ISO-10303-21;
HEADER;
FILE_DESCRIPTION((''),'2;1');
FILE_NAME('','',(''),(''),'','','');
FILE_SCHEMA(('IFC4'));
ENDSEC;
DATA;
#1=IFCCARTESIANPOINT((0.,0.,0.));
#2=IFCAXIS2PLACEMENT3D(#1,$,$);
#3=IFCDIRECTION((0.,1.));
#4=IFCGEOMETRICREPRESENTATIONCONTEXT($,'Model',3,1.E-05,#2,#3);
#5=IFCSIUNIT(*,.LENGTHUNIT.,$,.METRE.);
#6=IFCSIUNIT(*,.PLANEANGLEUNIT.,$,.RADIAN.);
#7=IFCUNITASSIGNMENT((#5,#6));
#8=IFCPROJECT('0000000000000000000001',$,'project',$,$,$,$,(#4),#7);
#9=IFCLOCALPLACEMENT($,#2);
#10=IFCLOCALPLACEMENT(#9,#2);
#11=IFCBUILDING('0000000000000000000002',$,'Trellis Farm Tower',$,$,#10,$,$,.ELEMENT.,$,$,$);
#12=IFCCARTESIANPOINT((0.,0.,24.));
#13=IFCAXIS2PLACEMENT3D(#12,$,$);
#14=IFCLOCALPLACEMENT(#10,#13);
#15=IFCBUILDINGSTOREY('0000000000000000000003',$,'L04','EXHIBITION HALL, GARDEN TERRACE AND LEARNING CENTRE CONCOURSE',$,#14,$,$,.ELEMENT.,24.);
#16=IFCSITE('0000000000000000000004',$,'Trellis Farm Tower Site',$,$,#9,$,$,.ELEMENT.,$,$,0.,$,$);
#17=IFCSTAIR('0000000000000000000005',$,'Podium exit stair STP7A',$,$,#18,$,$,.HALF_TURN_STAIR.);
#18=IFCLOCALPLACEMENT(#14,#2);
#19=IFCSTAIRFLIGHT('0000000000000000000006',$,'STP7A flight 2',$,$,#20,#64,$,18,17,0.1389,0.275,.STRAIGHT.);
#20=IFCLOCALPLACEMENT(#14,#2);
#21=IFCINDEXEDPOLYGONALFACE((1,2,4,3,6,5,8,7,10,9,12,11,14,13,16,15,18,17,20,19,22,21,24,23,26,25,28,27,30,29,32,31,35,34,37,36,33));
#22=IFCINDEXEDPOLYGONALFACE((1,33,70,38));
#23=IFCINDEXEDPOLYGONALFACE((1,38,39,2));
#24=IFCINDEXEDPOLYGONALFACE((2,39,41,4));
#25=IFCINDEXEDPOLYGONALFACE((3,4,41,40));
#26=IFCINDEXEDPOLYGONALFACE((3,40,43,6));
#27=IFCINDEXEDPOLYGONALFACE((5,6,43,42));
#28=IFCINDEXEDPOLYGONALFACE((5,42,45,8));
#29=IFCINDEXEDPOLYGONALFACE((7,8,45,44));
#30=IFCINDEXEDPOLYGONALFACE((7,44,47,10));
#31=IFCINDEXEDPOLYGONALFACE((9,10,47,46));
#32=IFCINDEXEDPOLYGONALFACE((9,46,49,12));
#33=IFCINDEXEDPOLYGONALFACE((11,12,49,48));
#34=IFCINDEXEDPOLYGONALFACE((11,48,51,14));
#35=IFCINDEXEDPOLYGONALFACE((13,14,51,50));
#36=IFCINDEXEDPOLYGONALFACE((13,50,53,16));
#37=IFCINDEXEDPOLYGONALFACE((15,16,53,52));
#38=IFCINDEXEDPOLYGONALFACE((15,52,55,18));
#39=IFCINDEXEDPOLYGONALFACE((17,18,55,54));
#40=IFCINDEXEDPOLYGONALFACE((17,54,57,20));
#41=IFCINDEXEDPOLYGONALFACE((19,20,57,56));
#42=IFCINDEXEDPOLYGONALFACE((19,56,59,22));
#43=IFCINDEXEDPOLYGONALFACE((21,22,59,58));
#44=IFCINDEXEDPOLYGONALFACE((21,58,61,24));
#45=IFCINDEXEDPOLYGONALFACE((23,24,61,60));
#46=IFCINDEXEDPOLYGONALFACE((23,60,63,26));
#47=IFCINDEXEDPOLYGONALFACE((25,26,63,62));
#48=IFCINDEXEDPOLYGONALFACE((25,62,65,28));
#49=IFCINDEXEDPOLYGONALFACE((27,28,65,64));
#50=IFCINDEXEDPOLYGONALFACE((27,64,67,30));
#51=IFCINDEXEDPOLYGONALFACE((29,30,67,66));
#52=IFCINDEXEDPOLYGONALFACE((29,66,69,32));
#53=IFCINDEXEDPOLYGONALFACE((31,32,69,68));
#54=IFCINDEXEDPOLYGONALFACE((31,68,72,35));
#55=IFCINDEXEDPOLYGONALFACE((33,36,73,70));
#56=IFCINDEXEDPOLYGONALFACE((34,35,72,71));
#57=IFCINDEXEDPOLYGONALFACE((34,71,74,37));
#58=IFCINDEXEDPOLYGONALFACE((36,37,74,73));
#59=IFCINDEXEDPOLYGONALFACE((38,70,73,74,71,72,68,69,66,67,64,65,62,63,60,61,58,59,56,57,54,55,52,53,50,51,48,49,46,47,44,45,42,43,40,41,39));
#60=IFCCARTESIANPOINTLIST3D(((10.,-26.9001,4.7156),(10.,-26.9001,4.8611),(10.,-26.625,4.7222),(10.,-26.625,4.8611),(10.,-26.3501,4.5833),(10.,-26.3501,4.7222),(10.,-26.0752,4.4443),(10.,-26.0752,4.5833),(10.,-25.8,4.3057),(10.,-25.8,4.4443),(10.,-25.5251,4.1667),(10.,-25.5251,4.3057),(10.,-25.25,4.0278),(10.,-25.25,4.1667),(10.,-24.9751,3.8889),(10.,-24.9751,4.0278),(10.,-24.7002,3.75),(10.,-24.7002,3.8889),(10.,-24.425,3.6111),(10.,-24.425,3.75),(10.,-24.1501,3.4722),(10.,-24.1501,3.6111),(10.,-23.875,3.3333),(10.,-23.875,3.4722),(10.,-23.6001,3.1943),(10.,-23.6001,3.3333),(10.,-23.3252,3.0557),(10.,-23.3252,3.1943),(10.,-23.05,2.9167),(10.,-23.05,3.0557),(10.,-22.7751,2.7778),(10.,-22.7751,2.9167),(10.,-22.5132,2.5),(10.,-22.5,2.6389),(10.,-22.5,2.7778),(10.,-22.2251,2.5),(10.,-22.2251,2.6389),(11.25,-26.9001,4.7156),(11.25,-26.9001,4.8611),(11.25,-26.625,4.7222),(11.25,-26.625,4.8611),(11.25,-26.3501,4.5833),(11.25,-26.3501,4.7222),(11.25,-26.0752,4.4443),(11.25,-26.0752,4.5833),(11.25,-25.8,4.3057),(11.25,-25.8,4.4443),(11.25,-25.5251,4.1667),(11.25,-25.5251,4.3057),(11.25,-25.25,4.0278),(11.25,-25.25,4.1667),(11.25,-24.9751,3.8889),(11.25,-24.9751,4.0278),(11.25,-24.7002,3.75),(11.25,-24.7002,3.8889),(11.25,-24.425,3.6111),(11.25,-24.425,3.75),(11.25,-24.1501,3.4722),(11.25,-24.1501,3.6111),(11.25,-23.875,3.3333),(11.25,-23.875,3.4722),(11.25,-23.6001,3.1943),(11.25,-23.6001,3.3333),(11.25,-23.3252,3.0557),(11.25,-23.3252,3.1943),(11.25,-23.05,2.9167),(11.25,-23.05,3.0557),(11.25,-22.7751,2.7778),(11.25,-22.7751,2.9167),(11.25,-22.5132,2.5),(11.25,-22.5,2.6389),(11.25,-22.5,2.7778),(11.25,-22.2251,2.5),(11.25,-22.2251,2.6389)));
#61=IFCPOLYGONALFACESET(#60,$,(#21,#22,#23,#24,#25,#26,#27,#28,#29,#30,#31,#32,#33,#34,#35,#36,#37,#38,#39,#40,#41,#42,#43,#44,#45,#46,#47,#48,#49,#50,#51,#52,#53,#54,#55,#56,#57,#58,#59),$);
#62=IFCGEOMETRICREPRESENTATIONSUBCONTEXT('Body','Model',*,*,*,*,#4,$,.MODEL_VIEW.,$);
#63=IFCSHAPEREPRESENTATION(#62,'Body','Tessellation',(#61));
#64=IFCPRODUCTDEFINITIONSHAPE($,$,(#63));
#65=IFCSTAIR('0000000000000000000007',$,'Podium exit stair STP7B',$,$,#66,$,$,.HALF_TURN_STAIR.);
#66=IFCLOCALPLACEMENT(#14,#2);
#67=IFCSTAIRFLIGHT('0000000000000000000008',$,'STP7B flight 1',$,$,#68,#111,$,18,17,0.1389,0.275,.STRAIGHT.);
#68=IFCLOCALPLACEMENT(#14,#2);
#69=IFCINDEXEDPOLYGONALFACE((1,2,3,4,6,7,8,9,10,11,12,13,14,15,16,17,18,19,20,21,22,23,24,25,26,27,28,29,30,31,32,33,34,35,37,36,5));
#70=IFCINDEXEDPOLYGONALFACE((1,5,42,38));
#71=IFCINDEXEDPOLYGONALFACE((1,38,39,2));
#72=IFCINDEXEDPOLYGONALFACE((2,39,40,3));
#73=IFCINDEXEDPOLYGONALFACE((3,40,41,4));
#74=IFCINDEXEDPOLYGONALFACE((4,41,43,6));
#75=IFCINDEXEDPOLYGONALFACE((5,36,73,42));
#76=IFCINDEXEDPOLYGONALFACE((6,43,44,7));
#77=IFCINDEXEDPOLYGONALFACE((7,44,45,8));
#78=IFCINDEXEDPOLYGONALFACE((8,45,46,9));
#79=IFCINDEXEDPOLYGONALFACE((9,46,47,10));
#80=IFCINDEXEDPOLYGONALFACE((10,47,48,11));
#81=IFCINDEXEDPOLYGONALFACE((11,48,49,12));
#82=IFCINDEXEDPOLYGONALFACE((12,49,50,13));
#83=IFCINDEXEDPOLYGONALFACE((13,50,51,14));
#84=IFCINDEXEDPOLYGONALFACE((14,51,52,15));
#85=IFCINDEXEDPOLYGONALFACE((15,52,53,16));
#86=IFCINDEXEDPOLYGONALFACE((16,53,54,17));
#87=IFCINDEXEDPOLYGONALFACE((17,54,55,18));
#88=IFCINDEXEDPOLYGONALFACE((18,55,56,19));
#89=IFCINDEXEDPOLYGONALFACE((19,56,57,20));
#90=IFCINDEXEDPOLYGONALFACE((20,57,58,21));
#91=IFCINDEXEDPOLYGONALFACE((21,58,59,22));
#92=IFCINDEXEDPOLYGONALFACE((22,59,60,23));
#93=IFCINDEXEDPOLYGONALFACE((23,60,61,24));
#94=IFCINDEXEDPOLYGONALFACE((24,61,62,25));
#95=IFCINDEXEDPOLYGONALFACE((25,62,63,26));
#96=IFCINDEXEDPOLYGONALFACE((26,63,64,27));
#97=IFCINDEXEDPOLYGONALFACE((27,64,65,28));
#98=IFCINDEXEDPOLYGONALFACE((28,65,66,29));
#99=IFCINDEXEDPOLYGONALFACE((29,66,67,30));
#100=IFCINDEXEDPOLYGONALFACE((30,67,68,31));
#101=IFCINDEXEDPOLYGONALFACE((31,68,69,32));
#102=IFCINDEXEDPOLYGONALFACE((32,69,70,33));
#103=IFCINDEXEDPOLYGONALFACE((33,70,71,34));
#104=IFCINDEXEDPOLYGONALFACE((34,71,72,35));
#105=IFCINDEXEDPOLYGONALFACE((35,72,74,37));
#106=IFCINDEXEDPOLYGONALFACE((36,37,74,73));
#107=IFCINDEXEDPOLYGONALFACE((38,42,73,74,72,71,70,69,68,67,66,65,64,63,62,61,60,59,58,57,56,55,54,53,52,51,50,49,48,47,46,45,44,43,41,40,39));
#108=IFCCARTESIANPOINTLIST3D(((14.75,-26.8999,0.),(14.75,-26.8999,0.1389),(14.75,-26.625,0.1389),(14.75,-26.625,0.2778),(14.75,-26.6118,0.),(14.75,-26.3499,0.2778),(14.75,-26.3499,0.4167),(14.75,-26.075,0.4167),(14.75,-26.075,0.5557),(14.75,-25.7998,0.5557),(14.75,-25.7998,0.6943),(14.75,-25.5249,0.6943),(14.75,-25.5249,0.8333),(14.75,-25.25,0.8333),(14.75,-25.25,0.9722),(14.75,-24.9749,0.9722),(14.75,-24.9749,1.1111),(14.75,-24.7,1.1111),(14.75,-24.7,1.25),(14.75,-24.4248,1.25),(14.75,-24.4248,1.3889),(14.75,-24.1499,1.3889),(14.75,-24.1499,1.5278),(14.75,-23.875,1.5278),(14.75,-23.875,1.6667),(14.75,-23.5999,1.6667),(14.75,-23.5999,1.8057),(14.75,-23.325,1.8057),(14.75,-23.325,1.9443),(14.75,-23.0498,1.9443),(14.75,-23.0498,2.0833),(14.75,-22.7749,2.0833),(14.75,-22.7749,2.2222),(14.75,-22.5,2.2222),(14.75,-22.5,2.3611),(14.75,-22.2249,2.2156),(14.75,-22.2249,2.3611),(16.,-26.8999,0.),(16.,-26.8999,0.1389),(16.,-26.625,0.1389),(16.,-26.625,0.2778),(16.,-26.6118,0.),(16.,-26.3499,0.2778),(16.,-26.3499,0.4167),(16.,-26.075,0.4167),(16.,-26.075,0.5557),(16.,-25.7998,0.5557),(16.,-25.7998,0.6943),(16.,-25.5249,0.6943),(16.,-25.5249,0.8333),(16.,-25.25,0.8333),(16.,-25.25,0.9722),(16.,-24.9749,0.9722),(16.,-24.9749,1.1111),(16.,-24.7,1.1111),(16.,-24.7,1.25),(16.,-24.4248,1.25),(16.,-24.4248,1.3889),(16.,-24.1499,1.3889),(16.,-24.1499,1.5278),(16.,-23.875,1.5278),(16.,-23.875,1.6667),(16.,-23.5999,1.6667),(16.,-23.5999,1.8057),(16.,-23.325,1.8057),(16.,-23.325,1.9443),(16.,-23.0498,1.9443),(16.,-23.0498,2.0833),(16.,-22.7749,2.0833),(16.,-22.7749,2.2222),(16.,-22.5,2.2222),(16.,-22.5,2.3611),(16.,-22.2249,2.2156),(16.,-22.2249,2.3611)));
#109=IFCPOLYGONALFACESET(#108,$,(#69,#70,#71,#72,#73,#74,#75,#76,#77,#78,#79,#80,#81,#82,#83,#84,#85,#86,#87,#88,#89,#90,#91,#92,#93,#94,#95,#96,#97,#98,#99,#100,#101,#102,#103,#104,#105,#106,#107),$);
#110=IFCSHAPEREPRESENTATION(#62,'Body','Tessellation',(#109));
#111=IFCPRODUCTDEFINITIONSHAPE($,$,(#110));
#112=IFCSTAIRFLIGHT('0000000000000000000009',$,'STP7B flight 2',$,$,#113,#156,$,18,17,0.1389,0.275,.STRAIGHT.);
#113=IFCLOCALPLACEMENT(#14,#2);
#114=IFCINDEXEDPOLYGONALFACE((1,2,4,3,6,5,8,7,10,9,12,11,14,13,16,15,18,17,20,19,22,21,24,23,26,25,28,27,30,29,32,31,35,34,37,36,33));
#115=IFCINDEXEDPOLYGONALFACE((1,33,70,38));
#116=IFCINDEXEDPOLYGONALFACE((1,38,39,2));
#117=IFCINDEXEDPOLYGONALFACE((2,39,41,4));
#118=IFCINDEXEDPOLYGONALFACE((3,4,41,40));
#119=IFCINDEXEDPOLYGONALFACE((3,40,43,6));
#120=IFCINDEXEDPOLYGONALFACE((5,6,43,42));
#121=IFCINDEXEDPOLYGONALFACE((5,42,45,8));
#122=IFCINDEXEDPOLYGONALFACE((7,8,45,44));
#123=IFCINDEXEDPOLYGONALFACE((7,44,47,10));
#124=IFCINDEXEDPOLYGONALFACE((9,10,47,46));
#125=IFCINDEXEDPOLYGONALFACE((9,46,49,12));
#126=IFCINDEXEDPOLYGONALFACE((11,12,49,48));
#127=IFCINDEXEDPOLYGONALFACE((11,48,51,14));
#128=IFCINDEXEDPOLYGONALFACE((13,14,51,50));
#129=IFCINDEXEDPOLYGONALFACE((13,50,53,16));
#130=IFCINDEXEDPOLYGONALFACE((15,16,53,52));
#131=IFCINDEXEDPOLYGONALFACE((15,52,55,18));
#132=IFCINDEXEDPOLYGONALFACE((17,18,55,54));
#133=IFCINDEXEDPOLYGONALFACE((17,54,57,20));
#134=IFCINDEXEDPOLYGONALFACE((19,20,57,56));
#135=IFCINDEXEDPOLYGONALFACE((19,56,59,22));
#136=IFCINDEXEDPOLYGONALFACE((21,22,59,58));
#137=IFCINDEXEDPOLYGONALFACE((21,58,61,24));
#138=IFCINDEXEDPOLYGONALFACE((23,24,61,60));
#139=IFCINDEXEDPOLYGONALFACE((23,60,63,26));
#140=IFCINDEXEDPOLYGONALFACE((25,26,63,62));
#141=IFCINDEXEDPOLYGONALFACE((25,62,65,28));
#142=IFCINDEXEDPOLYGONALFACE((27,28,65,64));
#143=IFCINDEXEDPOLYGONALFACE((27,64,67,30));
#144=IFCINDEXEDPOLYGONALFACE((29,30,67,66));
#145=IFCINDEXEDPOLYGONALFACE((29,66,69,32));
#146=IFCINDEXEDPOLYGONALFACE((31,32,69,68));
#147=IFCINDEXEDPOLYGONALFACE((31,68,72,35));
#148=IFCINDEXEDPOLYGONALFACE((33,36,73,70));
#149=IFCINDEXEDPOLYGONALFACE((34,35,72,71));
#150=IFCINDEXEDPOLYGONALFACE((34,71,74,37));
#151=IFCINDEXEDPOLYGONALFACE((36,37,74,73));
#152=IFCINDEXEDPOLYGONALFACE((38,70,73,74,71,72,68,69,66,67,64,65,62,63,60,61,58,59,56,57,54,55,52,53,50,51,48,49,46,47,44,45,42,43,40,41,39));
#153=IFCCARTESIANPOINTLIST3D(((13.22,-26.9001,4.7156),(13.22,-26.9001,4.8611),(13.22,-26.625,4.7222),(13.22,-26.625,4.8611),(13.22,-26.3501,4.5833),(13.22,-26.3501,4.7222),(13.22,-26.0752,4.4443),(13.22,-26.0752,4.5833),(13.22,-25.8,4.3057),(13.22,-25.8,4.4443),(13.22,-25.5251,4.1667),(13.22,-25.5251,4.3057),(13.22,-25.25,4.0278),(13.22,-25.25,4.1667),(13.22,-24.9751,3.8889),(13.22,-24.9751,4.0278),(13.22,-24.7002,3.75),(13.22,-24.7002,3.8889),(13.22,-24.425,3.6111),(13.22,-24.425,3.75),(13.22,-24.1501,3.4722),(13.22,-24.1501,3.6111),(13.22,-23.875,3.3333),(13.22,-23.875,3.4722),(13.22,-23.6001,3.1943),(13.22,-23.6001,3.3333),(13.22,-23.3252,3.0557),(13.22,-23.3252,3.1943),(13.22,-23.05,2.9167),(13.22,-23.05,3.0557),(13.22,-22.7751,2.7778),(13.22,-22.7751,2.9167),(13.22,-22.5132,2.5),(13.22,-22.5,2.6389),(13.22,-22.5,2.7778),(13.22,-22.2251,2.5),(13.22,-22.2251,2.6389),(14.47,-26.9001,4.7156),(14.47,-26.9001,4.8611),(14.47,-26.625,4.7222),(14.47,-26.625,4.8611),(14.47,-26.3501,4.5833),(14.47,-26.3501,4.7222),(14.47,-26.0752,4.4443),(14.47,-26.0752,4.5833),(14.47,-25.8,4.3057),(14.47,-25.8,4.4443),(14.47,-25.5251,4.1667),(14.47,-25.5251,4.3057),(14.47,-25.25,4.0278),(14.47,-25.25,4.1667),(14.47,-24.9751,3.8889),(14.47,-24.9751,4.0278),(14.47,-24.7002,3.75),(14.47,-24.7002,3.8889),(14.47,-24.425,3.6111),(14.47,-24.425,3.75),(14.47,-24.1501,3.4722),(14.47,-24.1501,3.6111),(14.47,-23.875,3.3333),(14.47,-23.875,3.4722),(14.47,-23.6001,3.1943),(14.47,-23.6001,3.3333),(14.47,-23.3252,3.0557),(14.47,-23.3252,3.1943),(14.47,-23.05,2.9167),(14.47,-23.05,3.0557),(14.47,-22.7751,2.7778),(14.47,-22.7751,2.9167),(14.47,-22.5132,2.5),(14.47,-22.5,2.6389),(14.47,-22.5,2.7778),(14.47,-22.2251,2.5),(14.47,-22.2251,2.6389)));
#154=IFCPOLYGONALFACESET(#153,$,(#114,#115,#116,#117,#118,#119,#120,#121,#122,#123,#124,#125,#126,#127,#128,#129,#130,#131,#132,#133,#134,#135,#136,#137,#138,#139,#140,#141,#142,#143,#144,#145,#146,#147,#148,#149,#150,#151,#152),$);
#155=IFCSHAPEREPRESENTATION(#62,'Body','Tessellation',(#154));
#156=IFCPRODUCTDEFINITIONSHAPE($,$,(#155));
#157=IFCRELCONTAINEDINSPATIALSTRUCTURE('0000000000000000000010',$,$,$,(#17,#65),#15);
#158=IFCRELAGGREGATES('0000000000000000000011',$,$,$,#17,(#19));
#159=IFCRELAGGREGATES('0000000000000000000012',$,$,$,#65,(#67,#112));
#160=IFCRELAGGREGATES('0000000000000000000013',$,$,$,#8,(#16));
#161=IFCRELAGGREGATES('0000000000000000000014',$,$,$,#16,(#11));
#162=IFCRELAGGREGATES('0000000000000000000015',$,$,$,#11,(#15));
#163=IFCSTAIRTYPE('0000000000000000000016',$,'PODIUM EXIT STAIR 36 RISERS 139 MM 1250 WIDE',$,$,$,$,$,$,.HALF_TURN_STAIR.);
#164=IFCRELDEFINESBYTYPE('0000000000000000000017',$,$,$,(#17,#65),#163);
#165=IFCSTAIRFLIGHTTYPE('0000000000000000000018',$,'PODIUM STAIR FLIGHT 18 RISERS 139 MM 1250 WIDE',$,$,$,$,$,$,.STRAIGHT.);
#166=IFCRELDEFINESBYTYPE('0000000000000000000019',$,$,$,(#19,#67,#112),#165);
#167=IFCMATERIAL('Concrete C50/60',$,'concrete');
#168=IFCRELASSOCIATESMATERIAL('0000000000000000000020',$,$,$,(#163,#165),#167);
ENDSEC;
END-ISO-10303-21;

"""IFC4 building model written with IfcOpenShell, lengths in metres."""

from ifc_helpers import new_model, si_unit, direction, frame, origin, place, context, subcontext, project, spatial, polyline, outline, extrude, source, transform, mapped, material, type_object, element, aggregate, save


model = new_model("IFC4")

# Units and contexts
model_context = context("Model", 3, precision=1e-05, world=origin(), true_north=direction((0.0, 1.0)))
body_context = subcontext(model_context, "Body", "Model", "MODEL_VIEW")
ifc_project = project(units=[si_unit("LENGTHUNIT", "METRE"), si_unit("PLANEANGLEUNIT", "RADIAN")], contexts=[model_context])

# Site, building, storey
site_placement = place(None, origin())
site = spatial("IfcSite", under=ifc_project, at=site_placement, Name="Trellis Farm Tower Site", CompositionType="ELEMENT", RefElevation=0.0)
building_placement = place(site_placement, origin())
building = spatial("IfcBuilding", under=site, at=building_placement, Name="Trellis Farm Tower", CompositionType="ELEMENT")
storey_placement = place(building_placement, frame((0.0, 0.0, 24.0)))
storey = spatial("IfcBuildingStorey", under=building, at=storey_placement, Name="L04", Description="EXHIBITION HALL, GARDEN TERRACE AND LEARNING CENTRE CONCOURSE", CompositionType="ELEMENT", Elevation=24.0)

# Stair, stair flight
ifc_material_1 = material(Name="Concrete C50/60", Category="concrete")
stair_type = type_object("IfcStairType", Name="PODIUM EXIT STAIR 36 RISERS 139 MM 1250 WIDE", PredefinedType="HALF_TURN_STAIR", material=ifc_material_1)
placement = place(storey_placement, origin())
stair_1 = element("IfcStair", 1, at=placement, inside=storey, type_object=stair_type, Name="Podium exit stair STP7A", PredefinedType="HALF_TURN_STAIR")
stair_flight_type = type_object("IfcStairFlightType", Name="PODIUM STAIR FLIGHT 18 RISERS 139 MM 1250 WIDE", PredefinedType="STRAIGHT", material=ifc_material_1)
shared_shape_1 = source(origin(), body_context, "Body", "SweptSolid", [
    extrude(outline(polyline([(0.0, 0.0), (0.0, 0.1389), (0.2749, 0.1389), (0.2749, 0.2778), (0.55, 0.2778), (0.55, 0.4167), (0.825, 0.4167), (0.825, 0.5557), (1.1001, 0.5557), (1.1001, 0.6943), (1.375, 0.6943), (1.375, 0.8333), (1.6499, 0.8333), (1.6499, 0.9722), (1.925, 0.9722), (1.925, 1.1111), (2.2, 1.1111), (2.2, 1.25), (2.4751, 1.25), (2.4751, 1.3889), (2.75, 1.3889), (2.75, 1.5278), (3.0249, 1.5278), (3.0249, 1.6667), (3.3, 1.6667), (3.3, 1.8057), (3.575, 1.8057), (3.575, 1.9443), (3.8501, 1.9443), (3.8501, 2.0833), (4.125, 2.0833), (4.125, 2.2222), (4.3999, 2.2222), (4.3999, 2.3611), (4.675, 2.3611), (4.675, 2.5), (4.675, 2.2156), (0.2881, 0.0), (0.0, 0.0)])), frame((0.0, 0.625, 0.0), z_axis=(0.0, -1.0, 0.0), x_axis=(1.0, 0.0, 0.0)), (0.0, 0.0, 1.0), 1.25),
])
stair_flight_1_placement = place(storey_placement, frame((10.625, -22.2251, 2.5), z_axis=(0.0, 0.0, 1.0), x_axis=(0.0, -1.0, 0.0)))
stair_flight_1 = element("IfcStairFlight", 2, at=stair_flight_1_placement, type_object=stair_flight_type, Name="STP7A flight 2", NumberOfRisers=18, NumberOfTreads=17, PredefinedType="STRAIGHT", RiserHeight=0.1389, TreadLength=0.275, context=body_context, shape_type="MappedRepresentation", body=[
    mapped(shared_shape_1, transform((0.0, 0.0, 0.0))),
])
aggregate(stair_1, [stair_flight_1])

# Stair, stair flights
stair_2 = element("IfcStair", 3, at=placement, inside=storey, type_object=stair_type, Name="Podium exit stair STP7B", PredefinedType="HALF_TURN_STAIR")
stair_flight_2_placement = place(storey_placement, frame((15.375, -26.8999, 0.0), z_axis=(0.0, 0.0, 1.0), x_axis=(0.0, 1.0, 0.0)))
stair_flight_2 = element("IfcStairFlight", 4, at=stair_flight_2_placement, type_object=stair_flight_type, Name="STP7B flight 1", NumberOfRisers=18, NumberOfTreads=17, PredefinedType="STRAIGHT", RiserHeight=0.1389, TreadLength=0.275, context=body_context, shape_type="MappedRepresentation", body=[
    mapped(shared_shape_1, transform((0.0, 0.0, 0.0))),
])
stair_flight_3_placement = place(storey_placement, frame((13.845, -22.2251, 2.5), z_axis=(0.0, 0.0, 1.0), x_axis=(0.0, -1.0, 0.0)))
stair_flight_3 = element("IfcStairFlight", 5, at=stair_flight_3_placement, type_object=stair_flight_type, Name="STP7B flight 2", NumberOfRisers=18, NumberOfTreads=17, PredefinedType="STRAIGHT", RiserHeight=0.1389, TreadLength=0.275, context=body_context, shape_type="MappedRepresentation", body=[
    mapped(shared_shape_1, transform((0.0, 0.0, 0.0))),
])
aggregate(stair_2, [stair_flight_2, stair_flight_3])

save(model, "model.ifc")
